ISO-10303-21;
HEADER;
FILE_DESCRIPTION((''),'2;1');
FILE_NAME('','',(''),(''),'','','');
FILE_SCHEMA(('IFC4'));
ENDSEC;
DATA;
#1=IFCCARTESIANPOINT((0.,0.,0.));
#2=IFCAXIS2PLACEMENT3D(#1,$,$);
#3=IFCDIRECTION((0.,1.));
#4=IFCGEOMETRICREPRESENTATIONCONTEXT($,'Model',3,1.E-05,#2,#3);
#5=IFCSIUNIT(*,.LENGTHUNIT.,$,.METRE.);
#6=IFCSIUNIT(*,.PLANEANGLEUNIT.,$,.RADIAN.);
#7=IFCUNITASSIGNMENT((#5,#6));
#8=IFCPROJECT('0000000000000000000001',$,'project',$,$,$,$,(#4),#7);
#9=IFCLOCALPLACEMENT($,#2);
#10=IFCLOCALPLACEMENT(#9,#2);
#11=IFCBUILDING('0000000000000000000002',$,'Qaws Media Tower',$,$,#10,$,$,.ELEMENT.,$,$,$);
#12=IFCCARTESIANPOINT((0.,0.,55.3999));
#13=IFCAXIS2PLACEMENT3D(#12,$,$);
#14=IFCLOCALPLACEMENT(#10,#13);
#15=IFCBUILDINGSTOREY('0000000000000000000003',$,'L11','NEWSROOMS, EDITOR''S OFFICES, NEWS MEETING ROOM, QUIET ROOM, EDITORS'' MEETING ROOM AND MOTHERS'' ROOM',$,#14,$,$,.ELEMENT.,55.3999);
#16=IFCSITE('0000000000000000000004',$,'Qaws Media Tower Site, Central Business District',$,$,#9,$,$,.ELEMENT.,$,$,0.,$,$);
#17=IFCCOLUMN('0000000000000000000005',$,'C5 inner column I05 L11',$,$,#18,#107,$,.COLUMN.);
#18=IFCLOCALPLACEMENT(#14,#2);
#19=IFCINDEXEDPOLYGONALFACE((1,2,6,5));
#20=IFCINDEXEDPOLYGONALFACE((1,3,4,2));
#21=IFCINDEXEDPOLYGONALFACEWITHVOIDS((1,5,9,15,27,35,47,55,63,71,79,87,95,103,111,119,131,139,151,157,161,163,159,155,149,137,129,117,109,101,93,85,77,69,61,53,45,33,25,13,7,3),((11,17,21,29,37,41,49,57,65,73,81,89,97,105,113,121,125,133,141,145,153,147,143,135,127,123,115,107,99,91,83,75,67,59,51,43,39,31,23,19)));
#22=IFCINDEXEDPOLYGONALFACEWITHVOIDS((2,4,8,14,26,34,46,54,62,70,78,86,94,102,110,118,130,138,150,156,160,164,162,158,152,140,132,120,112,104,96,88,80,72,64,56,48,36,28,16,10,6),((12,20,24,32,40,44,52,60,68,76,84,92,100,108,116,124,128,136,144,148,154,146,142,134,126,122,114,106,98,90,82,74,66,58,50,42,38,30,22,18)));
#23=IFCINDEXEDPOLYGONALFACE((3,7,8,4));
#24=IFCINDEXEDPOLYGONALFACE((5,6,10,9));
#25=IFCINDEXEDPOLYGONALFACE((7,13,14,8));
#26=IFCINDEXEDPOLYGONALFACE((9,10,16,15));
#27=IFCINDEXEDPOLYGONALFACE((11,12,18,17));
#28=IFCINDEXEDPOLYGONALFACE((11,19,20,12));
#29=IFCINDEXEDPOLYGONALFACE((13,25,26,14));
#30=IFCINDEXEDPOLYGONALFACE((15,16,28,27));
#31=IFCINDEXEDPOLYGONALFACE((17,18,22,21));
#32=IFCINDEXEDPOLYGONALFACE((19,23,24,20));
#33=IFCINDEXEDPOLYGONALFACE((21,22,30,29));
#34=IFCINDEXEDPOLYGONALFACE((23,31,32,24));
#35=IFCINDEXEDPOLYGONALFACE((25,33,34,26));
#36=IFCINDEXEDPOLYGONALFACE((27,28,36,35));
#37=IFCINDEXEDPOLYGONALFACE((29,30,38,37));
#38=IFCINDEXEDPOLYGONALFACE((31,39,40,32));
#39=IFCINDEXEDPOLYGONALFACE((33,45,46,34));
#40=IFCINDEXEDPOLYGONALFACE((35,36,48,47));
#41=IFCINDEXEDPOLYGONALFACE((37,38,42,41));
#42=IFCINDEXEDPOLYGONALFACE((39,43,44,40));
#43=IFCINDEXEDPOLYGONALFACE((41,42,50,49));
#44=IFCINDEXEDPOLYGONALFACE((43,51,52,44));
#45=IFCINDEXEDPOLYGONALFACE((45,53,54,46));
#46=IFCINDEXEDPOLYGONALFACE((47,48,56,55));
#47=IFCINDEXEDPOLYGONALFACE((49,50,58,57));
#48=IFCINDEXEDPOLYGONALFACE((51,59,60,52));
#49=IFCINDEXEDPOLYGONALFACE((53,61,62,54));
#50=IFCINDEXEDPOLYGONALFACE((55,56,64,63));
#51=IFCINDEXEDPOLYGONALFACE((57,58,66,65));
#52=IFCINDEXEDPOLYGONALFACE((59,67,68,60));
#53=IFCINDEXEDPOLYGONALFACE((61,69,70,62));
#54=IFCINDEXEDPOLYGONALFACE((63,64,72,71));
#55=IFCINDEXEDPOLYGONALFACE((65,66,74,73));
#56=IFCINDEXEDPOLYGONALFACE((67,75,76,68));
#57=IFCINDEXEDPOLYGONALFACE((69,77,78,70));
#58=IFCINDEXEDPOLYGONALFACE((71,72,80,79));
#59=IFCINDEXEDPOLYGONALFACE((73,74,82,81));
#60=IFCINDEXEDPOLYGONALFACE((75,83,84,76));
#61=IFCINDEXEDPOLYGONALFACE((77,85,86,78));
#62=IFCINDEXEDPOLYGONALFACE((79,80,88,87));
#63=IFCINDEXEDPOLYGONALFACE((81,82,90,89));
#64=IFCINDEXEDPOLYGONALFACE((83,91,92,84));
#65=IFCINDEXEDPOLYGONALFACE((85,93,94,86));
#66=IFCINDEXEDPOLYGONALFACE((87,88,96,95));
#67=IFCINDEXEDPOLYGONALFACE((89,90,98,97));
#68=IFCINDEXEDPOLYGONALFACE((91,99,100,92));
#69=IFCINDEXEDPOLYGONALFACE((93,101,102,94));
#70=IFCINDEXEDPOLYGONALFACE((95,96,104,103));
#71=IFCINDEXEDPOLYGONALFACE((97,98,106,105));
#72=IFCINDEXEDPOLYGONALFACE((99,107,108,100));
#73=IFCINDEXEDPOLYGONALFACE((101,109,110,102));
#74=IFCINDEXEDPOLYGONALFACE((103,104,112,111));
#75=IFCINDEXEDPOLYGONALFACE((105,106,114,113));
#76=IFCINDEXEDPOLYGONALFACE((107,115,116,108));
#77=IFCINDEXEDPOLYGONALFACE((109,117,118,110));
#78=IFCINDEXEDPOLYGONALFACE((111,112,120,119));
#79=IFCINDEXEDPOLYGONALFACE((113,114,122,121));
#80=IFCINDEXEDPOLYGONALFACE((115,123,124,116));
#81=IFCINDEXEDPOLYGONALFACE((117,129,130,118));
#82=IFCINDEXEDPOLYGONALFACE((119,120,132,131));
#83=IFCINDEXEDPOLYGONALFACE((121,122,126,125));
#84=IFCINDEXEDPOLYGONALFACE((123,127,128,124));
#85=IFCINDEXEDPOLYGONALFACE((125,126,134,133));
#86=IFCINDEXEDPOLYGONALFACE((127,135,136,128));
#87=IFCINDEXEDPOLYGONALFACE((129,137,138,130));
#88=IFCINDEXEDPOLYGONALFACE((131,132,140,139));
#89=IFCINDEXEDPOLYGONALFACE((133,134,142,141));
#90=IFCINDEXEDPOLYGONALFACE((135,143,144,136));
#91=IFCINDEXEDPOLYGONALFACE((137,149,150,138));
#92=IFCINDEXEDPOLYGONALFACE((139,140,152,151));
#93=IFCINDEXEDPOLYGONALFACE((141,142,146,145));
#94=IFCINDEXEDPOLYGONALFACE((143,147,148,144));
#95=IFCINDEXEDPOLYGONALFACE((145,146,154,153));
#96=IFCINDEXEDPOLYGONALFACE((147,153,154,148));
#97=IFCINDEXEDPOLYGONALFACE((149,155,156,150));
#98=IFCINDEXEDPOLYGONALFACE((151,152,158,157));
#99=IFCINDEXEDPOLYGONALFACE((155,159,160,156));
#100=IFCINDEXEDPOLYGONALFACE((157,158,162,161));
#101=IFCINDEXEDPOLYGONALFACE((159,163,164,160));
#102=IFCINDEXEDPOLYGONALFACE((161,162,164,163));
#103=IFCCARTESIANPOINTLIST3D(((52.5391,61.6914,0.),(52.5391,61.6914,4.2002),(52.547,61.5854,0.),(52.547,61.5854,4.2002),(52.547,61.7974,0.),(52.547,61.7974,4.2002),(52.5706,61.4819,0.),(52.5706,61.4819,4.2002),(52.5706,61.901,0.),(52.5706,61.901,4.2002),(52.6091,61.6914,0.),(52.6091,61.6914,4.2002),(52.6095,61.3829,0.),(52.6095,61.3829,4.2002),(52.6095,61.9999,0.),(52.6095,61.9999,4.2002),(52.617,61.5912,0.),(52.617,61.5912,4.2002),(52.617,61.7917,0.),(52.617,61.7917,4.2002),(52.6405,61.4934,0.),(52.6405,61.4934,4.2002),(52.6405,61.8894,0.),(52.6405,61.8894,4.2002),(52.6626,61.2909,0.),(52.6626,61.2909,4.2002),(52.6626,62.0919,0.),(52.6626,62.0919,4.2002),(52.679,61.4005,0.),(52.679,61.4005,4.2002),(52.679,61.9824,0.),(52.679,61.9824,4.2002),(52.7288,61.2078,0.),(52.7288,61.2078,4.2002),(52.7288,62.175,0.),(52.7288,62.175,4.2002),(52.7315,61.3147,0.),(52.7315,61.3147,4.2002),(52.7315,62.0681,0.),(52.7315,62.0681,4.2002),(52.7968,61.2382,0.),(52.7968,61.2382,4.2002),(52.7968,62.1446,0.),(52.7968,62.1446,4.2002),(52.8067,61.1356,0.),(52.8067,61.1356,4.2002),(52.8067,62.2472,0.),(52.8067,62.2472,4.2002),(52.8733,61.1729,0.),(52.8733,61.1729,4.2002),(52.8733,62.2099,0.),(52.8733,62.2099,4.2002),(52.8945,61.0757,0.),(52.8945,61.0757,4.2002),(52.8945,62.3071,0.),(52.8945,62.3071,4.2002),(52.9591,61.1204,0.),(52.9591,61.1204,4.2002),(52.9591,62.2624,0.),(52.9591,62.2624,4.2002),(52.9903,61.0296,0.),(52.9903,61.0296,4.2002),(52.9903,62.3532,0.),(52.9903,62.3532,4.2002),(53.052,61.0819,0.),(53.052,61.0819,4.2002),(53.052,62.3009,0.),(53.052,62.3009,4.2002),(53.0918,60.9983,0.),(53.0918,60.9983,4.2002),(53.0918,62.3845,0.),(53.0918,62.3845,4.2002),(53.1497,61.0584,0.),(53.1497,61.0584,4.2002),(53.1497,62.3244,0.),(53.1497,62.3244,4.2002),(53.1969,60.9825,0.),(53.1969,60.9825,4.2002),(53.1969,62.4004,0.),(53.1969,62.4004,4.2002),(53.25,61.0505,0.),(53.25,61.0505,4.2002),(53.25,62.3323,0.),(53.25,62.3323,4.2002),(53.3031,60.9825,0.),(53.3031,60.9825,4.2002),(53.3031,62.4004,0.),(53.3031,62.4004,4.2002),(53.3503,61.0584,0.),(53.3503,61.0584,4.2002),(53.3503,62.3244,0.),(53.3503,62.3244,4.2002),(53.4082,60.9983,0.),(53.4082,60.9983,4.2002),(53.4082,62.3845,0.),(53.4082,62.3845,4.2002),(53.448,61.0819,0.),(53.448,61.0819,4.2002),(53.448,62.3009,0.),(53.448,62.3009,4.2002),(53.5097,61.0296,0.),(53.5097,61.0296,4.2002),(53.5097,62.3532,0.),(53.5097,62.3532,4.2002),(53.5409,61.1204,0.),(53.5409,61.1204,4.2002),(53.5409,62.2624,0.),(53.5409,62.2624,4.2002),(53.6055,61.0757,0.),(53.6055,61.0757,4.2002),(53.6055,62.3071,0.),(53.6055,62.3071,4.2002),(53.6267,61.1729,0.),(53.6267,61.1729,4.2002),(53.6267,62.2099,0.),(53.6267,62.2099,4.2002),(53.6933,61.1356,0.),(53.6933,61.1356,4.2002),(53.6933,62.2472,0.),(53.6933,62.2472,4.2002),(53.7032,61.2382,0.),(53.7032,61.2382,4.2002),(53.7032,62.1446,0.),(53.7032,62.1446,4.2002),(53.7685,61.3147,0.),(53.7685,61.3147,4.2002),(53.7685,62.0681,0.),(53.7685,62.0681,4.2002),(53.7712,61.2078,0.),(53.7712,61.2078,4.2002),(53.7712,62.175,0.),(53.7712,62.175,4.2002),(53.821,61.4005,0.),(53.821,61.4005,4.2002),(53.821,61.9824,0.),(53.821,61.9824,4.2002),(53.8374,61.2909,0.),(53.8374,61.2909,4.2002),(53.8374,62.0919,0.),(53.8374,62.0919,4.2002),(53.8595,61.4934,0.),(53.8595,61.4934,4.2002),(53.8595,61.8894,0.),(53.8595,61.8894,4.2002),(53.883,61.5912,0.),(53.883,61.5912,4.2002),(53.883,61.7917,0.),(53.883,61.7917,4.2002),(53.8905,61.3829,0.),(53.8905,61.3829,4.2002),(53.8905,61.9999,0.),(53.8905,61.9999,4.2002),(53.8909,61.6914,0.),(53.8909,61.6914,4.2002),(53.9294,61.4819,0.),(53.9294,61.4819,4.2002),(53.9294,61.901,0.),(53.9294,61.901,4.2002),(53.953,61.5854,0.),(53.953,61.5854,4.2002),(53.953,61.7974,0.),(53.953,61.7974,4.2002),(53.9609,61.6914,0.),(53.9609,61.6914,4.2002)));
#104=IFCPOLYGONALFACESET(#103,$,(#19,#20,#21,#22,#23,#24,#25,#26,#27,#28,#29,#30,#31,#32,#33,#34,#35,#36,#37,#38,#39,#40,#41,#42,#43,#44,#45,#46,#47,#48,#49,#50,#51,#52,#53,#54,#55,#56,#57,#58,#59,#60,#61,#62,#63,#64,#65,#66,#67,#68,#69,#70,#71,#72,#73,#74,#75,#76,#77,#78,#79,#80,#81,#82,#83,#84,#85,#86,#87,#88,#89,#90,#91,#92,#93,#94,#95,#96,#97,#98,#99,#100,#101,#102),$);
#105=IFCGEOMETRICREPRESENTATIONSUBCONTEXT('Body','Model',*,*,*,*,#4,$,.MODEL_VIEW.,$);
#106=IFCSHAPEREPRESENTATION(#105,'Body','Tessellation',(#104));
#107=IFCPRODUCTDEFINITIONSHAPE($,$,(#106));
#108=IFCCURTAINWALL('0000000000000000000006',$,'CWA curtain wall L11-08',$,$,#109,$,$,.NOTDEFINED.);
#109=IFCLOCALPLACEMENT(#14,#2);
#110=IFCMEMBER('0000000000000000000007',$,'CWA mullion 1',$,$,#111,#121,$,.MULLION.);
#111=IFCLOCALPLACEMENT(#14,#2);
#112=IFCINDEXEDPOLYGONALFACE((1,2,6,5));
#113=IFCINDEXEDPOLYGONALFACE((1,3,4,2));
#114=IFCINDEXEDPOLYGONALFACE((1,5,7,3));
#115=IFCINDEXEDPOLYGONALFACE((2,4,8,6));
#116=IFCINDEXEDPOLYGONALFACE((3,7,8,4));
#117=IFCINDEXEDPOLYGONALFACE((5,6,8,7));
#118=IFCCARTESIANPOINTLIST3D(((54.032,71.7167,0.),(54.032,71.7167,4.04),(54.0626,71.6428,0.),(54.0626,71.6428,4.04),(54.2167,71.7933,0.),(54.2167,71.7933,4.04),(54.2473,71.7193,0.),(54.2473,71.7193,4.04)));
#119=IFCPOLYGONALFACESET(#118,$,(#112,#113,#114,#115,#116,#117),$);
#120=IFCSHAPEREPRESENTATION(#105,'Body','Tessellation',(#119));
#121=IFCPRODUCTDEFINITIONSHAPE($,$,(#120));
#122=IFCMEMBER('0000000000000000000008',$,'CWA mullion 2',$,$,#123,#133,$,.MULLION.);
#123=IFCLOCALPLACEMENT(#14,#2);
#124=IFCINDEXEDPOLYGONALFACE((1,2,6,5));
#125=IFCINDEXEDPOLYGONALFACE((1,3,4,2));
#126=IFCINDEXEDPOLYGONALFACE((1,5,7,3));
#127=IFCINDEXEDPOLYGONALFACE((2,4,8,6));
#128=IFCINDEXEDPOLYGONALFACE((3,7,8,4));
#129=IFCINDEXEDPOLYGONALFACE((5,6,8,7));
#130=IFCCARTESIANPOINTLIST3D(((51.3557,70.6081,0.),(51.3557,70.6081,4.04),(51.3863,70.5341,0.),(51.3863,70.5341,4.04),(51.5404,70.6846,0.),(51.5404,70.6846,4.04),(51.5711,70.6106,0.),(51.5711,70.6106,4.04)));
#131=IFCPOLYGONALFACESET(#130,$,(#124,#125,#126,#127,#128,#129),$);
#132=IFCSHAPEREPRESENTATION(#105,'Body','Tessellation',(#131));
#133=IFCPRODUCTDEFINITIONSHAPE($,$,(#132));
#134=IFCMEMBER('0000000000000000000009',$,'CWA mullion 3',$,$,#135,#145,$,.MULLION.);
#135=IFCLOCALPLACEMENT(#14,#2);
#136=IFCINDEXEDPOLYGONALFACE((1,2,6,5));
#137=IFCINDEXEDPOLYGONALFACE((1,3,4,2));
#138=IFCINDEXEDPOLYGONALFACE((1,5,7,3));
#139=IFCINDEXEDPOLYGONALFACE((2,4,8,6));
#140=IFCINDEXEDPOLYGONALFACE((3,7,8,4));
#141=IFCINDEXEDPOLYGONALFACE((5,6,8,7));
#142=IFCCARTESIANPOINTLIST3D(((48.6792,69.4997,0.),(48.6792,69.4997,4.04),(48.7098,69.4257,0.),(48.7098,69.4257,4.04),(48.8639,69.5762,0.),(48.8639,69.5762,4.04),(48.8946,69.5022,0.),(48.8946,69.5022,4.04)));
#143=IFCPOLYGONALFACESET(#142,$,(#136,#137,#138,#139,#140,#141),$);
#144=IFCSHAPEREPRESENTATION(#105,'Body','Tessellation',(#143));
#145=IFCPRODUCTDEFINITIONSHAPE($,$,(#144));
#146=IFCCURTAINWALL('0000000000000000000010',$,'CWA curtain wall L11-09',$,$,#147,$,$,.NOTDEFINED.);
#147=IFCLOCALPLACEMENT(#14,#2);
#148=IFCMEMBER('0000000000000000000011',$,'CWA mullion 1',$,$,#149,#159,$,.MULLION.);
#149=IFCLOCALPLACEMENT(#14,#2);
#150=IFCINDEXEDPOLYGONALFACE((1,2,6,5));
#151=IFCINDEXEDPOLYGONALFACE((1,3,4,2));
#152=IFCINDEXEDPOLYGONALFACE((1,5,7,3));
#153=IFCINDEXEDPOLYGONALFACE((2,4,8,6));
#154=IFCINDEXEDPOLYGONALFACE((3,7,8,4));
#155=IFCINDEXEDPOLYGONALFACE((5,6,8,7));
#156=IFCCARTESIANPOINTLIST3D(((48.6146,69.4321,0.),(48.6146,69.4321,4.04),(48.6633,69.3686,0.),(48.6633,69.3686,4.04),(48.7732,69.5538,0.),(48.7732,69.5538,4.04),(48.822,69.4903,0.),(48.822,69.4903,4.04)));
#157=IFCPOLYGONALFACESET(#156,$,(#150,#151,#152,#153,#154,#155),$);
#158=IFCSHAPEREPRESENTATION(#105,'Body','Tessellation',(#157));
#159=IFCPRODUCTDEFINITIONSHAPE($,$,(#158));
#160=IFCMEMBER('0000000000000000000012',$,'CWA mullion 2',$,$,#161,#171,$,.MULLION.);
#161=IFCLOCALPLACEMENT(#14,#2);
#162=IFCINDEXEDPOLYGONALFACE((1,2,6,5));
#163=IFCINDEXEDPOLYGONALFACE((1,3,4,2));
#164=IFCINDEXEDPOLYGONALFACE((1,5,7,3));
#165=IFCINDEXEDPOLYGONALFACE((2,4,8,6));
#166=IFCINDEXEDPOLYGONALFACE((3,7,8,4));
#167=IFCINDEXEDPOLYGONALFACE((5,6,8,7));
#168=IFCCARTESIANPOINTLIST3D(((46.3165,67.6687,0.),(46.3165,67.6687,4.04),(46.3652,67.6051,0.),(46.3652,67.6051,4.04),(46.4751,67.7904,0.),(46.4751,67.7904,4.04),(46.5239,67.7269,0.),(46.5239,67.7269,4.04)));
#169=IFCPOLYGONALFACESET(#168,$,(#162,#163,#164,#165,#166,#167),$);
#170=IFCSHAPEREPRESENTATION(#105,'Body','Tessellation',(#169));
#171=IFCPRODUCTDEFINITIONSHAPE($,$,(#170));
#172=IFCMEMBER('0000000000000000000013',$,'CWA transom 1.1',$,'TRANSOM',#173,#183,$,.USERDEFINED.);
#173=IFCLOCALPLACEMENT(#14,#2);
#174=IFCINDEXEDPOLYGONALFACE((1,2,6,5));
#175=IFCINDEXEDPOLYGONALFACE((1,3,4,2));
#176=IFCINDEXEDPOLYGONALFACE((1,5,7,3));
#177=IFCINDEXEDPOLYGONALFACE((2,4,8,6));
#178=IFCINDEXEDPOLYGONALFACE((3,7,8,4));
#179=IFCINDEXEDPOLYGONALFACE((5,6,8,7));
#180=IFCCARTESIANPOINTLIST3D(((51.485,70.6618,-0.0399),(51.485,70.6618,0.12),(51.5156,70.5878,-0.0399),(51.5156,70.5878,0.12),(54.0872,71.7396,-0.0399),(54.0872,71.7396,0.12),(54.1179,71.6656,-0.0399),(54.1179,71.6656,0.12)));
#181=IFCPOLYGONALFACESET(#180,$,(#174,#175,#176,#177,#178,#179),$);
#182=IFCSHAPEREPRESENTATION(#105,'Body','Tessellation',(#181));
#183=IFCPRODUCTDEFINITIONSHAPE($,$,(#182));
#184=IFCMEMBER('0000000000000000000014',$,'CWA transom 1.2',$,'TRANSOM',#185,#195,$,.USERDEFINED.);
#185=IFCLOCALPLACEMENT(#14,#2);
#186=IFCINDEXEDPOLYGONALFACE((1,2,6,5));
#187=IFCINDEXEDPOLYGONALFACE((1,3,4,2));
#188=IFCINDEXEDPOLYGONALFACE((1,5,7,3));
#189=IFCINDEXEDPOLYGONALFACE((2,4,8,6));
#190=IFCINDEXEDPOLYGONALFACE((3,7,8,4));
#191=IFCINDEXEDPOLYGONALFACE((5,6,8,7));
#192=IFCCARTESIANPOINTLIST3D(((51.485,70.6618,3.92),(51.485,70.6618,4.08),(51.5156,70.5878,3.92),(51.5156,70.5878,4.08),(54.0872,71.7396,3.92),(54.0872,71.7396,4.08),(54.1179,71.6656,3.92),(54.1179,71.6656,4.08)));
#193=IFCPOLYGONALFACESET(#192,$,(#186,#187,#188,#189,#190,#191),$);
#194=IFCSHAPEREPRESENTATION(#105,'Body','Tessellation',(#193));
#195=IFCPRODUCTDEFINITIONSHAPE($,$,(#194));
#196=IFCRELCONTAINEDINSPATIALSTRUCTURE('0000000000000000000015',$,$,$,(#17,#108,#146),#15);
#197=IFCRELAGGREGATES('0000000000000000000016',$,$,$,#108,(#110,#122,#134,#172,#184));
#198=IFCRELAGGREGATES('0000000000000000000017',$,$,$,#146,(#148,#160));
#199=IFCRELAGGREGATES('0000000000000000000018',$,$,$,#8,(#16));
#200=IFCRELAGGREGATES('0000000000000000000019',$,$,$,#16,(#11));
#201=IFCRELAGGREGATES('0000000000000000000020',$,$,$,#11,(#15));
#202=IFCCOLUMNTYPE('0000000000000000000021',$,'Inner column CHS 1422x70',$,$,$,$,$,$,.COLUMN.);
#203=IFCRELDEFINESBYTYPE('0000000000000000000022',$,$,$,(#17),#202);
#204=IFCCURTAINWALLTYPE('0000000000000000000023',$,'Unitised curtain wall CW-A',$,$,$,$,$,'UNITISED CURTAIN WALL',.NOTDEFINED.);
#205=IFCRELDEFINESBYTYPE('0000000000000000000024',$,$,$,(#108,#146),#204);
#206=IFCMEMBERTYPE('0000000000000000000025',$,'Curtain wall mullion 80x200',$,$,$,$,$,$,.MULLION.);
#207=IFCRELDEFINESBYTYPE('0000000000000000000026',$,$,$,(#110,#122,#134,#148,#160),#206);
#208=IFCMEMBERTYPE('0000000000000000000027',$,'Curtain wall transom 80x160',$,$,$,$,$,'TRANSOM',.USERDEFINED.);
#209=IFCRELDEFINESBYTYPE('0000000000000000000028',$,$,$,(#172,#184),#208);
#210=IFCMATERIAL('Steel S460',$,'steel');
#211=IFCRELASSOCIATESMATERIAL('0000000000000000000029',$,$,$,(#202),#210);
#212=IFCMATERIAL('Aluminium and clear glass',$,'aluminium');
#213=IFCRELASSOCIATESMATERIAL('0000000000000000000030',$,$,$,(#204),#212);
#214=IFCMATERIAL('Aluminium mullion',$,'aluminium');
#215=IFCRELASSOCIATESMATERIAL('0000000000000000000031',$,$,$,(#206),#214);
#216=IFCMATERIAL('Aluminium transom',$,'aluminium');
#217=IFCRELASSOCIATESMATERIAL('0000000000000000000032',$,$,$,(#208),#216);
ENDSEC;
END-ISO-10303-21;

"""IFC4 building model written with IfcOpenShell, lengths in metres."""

from ifc_helpers import new_model, si_unit, direction, frame, origin, origin_2d, place, context, subcontext, project, spatial, rectangle, hollow_circle, extrude, material, material_profile, profile_set, type_object, element, aggregate, save


model = new_model("IFC4")

# Units and contexts
model_context = context("Model", 3, precision=1e-05, world=origin(), true_north=direction((0.0, 1.0)))
body_context = subcontext(model_context, "Body", "Model", "MODEL_VIEW")
ifc_project = project(units=[si_unit("LENGTHUNIT", "METRE"), si_unit("PLANEANGLEUNIT", "RADIAN")], contexts=[model_context])

# Site, building, storey
site_placement = place(None, origin())
site = spatial("IfcSite", under=ifc_project, at=site_placement, Name="Qaws Media Tower Site, Central Business District", CompositionType="ELEMENT", RefElevation=0.0)
building_placement = place(site_placement, origin())
building = spatial("IfcBuilding", under=site, at=building_placement, Name="Qaws Media Tower", CompositionType="ELEMENT")
storey_placement = place(building_placement, frame((0.0, 0.0, 55.3999)))
storey = spatial("IfcBuildingStorey", under=building, at=storey_placement, Name="L11", Description="NEWSROOMS, EDITOR'S OFFICES, NEWS MEETING ROOM, QUIET ROOM, EDITORS' MEETING ROOM AND MOTHERS' ROOM", CompositionType="ELEMENT", Elevation=55.3999)

# Column
ifc_material_1 = material(Name="Steel S460", Category="steel")
ifc_material_profile_1 = material_profile(ifc_material_1, hollow_circle(Radius=0.7109, WallThickness=0.0701, at=origin_2d()), Name="CHS 1422x70")
ifc_profile_set_1 = profile_set([ifc_material_profile_1], Name="Steel S460")
column_type = type_object("IfcColumnType", Name="Inner column CHS 1422x70", PredefinedType="COLUMN", material=ifc_profile_set_1)
column_placement = place(storey_placement, frame((53.25, 61.6914, 0.0), z_axis=(0.0, 0.0, 1.0), x_axis=(1.0, 0.0, 0.0)))
element("IfcColumn", 1, at=column_placement, inside=storey, type_object=column_type, Name="C5 inner column I05 L11", PredefinedType="COLUMN", context=body_context, shape_type="SweptSolid", body=[
    extrude(hollow_circle(Radius=0.7109, WallThickness=0.0701, at=origin_2d()), origin(), (0.0, 0.0, 1.0), 4.2002),
])

# Curtain walls, members
ifc_material_2 = material(Name="Aluminium and clear glass", Category="aluminium")
curtain_wall_type = type_object("IfcCurtainWallType", Name="Unitised curtain wall CW-A", ElementType="UNITISED CURTAIN WALL", PredefinedType="NOTDEFINED", material=ifc_material_2)
curtain_wall_1_placement = place(storey_placement, origin())
curtain_wall_1 = element("IfcCurtainWall", 2, at=curtain_wall_1_placement, inside=storey, type_object=curtain_wall_type, Name="CWA curtain wall L11-08", PredefinedType="NOTDEFINED")
ifc_material_3 = material(Name="Aluminium mullion", Category="aluminium")
ifc_material_profile_2 = material_profile(ifc_material_3, rectangle(XDim=0.0801, YDim=0.2, at=origin_2d()), Name="80x200")
ifc_profile_set_2 = profile_set([ifc_material_profile_2], Name="Aluminium mullion")
member_type_1 = type_object("IfcMemberType", Name="Curtain wall mullion 80x200", PredefinedType="MULLION", material=ifc_profile_set_2)
member_1_placement = place(storey_placement, frame((54.1396, 71.718, 0.0), z_axis=(0.0, 0.0, 1.0), x_axis=(0.382683, -0.92388, 0.0)))
member_1 = element("IfcMember", 3, at=member_1_placement, type_object=member_type_1, Name="CWA mullion 1", PredefinedType="MULLION", context=body_context, shape_type="SweptSolid", body=[
    extrude(rectangle(XDim=0.0801, YDim=0.2, at=origin_2d()), origin(), (0.0, 0.0, 1.0), 4.04),
])
member_2_placement = place(storey_placement, frame((51.4634, 70.6094, 0.0), z_axis=(0.0, 0.0, 1.0), x_axis=(0.382683, -0.92388, 0.0)))
member_2 = element("IfcMember", 4, at=member_2_placement, type_object=member_type_1, Name="CWA mullion 2", PredefinedType="MULLION", context=body_context, shape_type="SweptSolid", body=[
    extrude(rectangle(XDim=0.0801, YDim=0.2, at=origin_2d()), origin(), (0.0, 0.0, 1.0), 4.04),
])
member_3_placement = place(storey_placement, frame((48.7869, 69.501, 0.0), z_axis=(0.0, 0.0, 1.0), x_axis=(0.382683, -0.92388, 0.0)))
member_3 = element("IfcMember", 5, at=member_3_placement, type_object=member_type_1, Name="CWA mullion 3", PredefinedType="MULLION", context=body_context, shape_type="SweptSolid", body=[
    extrude(rectangle(XDim=0.0801, YDim=0.2, at=origin_2d()), origin(), (0.0, 0.0, 1.0), 4.04),
])
curtain_wall_2_placement = place(storey_placement, origin())
curtain_wall_2 = element("IfcCurtainWall", 6, at=curtain_wall_2_placement, inside=storey, type_object=curtain_wall_type, Name="CWA curtain wall L11-09", PredefinedType="NOTDEFINED")
member_4_placement = place(storey_placement, frame((48.7183, 69.4612, 0.0), z_axis=(0.0, 0.0, 1.0), x_axis=(0.608761, -0.793353, 0.0)))
member_4 = element("IfcMember", 7, at=member_4_placement, type_object=member_type_1, Name="CWA mullion 1", PredefinedType="MULLION", context=body_context, shape_type="SweptSolid", body=[
    extrude(rectangle(XDim=0.0801, YDim=0.2, at=origin_2d()), origin(), (0.0, 0.0, 1.0), 4.04),
])
member_5_placement = place(storey_placement, frame((46.4202, 67.6978, 0.0), z_axis=(0.0, 0.0, 1.0), x_axis=(0.608761, -0.793353, 0.0)))
member_5 = element("IfcMember", 8, at=member_5_placement, type_object=member_type_1, Name="CWA mullion 2", PredefinedType="MULLION", context=body_context, shape_type="SweptSolid", body=[
    extrude(rectangle(XDim=0.0801, YDim=0.2, at=origin_2d()), origin(), (0.0, 0.0, 1.0), 4.04),
])

# Members
ifc_material_4 = material(Name="Aluminium transom", Category="aluminium")
ifc_material_profile_3 = material_profile(ifc_material_4, rectangle(XDim=0.0801, YDim=0.1599, at=origin_2d()), Name="80x160")
ifc_profile_set_3 = profile_set([ifc_material_profile_3], Name="Aluminium transom")
member_type_2 = type_object("IfcMemberType", Name="Curtain wall transom 80x160", ElementType="TRANSOM", PredefinedType="USERDEFINED", material=ifc_profile_set_3)
member_6_placement = place(storey_placement, frame((54.1025, 71.7026, 0.04), z_axis=(-0.923883, -0.382676, 0.0), x_axis=(0.382676, -0.923883, 0.0)))
member_6 = element("IfcMember", 9, at=member_6_placement, type_object=member_type_2, Name="CWA transom 1.1", ObjectType="TRANSOM", PredefinedType="USERDEFINED", context=body_context, shape_type="SweptSolid", body=[
    extrude(rectangle(XDim=0.0801, YDim=0.1599, at=origin_2d()), origin(), (0.0, 0.0, 1.0), 2.8167),
])
member_7_placement = place(storey_placement, frame((54.1025, 71.7026, 4.0), z_axis=(-0.923883, -0.382676, 0.0), x_axis=(0.382676, -0.923883, 0.0)))
member_7 = element("IfcMember", 10, at=member_7_placement, type_object=member_type_2, Name="CWA transom 1.2", ObjectType="TRANSOM", PredefinedType="USERDEFINED", context=body_context, shape_type="SweptSolid", body=[
    extrude(rectangle(XDim=0.0801, YDim=0.1599, at=origin_2d()), origin(), (0.0, 0.0, 1.0), 2.8167),
])

aggregate(curtain_wall_1, [member_1, member_2, member_3, member_6, member_7])
aggregate(curtain_wall_2, [member_4, member_5])

save(model, "model.ifc")
